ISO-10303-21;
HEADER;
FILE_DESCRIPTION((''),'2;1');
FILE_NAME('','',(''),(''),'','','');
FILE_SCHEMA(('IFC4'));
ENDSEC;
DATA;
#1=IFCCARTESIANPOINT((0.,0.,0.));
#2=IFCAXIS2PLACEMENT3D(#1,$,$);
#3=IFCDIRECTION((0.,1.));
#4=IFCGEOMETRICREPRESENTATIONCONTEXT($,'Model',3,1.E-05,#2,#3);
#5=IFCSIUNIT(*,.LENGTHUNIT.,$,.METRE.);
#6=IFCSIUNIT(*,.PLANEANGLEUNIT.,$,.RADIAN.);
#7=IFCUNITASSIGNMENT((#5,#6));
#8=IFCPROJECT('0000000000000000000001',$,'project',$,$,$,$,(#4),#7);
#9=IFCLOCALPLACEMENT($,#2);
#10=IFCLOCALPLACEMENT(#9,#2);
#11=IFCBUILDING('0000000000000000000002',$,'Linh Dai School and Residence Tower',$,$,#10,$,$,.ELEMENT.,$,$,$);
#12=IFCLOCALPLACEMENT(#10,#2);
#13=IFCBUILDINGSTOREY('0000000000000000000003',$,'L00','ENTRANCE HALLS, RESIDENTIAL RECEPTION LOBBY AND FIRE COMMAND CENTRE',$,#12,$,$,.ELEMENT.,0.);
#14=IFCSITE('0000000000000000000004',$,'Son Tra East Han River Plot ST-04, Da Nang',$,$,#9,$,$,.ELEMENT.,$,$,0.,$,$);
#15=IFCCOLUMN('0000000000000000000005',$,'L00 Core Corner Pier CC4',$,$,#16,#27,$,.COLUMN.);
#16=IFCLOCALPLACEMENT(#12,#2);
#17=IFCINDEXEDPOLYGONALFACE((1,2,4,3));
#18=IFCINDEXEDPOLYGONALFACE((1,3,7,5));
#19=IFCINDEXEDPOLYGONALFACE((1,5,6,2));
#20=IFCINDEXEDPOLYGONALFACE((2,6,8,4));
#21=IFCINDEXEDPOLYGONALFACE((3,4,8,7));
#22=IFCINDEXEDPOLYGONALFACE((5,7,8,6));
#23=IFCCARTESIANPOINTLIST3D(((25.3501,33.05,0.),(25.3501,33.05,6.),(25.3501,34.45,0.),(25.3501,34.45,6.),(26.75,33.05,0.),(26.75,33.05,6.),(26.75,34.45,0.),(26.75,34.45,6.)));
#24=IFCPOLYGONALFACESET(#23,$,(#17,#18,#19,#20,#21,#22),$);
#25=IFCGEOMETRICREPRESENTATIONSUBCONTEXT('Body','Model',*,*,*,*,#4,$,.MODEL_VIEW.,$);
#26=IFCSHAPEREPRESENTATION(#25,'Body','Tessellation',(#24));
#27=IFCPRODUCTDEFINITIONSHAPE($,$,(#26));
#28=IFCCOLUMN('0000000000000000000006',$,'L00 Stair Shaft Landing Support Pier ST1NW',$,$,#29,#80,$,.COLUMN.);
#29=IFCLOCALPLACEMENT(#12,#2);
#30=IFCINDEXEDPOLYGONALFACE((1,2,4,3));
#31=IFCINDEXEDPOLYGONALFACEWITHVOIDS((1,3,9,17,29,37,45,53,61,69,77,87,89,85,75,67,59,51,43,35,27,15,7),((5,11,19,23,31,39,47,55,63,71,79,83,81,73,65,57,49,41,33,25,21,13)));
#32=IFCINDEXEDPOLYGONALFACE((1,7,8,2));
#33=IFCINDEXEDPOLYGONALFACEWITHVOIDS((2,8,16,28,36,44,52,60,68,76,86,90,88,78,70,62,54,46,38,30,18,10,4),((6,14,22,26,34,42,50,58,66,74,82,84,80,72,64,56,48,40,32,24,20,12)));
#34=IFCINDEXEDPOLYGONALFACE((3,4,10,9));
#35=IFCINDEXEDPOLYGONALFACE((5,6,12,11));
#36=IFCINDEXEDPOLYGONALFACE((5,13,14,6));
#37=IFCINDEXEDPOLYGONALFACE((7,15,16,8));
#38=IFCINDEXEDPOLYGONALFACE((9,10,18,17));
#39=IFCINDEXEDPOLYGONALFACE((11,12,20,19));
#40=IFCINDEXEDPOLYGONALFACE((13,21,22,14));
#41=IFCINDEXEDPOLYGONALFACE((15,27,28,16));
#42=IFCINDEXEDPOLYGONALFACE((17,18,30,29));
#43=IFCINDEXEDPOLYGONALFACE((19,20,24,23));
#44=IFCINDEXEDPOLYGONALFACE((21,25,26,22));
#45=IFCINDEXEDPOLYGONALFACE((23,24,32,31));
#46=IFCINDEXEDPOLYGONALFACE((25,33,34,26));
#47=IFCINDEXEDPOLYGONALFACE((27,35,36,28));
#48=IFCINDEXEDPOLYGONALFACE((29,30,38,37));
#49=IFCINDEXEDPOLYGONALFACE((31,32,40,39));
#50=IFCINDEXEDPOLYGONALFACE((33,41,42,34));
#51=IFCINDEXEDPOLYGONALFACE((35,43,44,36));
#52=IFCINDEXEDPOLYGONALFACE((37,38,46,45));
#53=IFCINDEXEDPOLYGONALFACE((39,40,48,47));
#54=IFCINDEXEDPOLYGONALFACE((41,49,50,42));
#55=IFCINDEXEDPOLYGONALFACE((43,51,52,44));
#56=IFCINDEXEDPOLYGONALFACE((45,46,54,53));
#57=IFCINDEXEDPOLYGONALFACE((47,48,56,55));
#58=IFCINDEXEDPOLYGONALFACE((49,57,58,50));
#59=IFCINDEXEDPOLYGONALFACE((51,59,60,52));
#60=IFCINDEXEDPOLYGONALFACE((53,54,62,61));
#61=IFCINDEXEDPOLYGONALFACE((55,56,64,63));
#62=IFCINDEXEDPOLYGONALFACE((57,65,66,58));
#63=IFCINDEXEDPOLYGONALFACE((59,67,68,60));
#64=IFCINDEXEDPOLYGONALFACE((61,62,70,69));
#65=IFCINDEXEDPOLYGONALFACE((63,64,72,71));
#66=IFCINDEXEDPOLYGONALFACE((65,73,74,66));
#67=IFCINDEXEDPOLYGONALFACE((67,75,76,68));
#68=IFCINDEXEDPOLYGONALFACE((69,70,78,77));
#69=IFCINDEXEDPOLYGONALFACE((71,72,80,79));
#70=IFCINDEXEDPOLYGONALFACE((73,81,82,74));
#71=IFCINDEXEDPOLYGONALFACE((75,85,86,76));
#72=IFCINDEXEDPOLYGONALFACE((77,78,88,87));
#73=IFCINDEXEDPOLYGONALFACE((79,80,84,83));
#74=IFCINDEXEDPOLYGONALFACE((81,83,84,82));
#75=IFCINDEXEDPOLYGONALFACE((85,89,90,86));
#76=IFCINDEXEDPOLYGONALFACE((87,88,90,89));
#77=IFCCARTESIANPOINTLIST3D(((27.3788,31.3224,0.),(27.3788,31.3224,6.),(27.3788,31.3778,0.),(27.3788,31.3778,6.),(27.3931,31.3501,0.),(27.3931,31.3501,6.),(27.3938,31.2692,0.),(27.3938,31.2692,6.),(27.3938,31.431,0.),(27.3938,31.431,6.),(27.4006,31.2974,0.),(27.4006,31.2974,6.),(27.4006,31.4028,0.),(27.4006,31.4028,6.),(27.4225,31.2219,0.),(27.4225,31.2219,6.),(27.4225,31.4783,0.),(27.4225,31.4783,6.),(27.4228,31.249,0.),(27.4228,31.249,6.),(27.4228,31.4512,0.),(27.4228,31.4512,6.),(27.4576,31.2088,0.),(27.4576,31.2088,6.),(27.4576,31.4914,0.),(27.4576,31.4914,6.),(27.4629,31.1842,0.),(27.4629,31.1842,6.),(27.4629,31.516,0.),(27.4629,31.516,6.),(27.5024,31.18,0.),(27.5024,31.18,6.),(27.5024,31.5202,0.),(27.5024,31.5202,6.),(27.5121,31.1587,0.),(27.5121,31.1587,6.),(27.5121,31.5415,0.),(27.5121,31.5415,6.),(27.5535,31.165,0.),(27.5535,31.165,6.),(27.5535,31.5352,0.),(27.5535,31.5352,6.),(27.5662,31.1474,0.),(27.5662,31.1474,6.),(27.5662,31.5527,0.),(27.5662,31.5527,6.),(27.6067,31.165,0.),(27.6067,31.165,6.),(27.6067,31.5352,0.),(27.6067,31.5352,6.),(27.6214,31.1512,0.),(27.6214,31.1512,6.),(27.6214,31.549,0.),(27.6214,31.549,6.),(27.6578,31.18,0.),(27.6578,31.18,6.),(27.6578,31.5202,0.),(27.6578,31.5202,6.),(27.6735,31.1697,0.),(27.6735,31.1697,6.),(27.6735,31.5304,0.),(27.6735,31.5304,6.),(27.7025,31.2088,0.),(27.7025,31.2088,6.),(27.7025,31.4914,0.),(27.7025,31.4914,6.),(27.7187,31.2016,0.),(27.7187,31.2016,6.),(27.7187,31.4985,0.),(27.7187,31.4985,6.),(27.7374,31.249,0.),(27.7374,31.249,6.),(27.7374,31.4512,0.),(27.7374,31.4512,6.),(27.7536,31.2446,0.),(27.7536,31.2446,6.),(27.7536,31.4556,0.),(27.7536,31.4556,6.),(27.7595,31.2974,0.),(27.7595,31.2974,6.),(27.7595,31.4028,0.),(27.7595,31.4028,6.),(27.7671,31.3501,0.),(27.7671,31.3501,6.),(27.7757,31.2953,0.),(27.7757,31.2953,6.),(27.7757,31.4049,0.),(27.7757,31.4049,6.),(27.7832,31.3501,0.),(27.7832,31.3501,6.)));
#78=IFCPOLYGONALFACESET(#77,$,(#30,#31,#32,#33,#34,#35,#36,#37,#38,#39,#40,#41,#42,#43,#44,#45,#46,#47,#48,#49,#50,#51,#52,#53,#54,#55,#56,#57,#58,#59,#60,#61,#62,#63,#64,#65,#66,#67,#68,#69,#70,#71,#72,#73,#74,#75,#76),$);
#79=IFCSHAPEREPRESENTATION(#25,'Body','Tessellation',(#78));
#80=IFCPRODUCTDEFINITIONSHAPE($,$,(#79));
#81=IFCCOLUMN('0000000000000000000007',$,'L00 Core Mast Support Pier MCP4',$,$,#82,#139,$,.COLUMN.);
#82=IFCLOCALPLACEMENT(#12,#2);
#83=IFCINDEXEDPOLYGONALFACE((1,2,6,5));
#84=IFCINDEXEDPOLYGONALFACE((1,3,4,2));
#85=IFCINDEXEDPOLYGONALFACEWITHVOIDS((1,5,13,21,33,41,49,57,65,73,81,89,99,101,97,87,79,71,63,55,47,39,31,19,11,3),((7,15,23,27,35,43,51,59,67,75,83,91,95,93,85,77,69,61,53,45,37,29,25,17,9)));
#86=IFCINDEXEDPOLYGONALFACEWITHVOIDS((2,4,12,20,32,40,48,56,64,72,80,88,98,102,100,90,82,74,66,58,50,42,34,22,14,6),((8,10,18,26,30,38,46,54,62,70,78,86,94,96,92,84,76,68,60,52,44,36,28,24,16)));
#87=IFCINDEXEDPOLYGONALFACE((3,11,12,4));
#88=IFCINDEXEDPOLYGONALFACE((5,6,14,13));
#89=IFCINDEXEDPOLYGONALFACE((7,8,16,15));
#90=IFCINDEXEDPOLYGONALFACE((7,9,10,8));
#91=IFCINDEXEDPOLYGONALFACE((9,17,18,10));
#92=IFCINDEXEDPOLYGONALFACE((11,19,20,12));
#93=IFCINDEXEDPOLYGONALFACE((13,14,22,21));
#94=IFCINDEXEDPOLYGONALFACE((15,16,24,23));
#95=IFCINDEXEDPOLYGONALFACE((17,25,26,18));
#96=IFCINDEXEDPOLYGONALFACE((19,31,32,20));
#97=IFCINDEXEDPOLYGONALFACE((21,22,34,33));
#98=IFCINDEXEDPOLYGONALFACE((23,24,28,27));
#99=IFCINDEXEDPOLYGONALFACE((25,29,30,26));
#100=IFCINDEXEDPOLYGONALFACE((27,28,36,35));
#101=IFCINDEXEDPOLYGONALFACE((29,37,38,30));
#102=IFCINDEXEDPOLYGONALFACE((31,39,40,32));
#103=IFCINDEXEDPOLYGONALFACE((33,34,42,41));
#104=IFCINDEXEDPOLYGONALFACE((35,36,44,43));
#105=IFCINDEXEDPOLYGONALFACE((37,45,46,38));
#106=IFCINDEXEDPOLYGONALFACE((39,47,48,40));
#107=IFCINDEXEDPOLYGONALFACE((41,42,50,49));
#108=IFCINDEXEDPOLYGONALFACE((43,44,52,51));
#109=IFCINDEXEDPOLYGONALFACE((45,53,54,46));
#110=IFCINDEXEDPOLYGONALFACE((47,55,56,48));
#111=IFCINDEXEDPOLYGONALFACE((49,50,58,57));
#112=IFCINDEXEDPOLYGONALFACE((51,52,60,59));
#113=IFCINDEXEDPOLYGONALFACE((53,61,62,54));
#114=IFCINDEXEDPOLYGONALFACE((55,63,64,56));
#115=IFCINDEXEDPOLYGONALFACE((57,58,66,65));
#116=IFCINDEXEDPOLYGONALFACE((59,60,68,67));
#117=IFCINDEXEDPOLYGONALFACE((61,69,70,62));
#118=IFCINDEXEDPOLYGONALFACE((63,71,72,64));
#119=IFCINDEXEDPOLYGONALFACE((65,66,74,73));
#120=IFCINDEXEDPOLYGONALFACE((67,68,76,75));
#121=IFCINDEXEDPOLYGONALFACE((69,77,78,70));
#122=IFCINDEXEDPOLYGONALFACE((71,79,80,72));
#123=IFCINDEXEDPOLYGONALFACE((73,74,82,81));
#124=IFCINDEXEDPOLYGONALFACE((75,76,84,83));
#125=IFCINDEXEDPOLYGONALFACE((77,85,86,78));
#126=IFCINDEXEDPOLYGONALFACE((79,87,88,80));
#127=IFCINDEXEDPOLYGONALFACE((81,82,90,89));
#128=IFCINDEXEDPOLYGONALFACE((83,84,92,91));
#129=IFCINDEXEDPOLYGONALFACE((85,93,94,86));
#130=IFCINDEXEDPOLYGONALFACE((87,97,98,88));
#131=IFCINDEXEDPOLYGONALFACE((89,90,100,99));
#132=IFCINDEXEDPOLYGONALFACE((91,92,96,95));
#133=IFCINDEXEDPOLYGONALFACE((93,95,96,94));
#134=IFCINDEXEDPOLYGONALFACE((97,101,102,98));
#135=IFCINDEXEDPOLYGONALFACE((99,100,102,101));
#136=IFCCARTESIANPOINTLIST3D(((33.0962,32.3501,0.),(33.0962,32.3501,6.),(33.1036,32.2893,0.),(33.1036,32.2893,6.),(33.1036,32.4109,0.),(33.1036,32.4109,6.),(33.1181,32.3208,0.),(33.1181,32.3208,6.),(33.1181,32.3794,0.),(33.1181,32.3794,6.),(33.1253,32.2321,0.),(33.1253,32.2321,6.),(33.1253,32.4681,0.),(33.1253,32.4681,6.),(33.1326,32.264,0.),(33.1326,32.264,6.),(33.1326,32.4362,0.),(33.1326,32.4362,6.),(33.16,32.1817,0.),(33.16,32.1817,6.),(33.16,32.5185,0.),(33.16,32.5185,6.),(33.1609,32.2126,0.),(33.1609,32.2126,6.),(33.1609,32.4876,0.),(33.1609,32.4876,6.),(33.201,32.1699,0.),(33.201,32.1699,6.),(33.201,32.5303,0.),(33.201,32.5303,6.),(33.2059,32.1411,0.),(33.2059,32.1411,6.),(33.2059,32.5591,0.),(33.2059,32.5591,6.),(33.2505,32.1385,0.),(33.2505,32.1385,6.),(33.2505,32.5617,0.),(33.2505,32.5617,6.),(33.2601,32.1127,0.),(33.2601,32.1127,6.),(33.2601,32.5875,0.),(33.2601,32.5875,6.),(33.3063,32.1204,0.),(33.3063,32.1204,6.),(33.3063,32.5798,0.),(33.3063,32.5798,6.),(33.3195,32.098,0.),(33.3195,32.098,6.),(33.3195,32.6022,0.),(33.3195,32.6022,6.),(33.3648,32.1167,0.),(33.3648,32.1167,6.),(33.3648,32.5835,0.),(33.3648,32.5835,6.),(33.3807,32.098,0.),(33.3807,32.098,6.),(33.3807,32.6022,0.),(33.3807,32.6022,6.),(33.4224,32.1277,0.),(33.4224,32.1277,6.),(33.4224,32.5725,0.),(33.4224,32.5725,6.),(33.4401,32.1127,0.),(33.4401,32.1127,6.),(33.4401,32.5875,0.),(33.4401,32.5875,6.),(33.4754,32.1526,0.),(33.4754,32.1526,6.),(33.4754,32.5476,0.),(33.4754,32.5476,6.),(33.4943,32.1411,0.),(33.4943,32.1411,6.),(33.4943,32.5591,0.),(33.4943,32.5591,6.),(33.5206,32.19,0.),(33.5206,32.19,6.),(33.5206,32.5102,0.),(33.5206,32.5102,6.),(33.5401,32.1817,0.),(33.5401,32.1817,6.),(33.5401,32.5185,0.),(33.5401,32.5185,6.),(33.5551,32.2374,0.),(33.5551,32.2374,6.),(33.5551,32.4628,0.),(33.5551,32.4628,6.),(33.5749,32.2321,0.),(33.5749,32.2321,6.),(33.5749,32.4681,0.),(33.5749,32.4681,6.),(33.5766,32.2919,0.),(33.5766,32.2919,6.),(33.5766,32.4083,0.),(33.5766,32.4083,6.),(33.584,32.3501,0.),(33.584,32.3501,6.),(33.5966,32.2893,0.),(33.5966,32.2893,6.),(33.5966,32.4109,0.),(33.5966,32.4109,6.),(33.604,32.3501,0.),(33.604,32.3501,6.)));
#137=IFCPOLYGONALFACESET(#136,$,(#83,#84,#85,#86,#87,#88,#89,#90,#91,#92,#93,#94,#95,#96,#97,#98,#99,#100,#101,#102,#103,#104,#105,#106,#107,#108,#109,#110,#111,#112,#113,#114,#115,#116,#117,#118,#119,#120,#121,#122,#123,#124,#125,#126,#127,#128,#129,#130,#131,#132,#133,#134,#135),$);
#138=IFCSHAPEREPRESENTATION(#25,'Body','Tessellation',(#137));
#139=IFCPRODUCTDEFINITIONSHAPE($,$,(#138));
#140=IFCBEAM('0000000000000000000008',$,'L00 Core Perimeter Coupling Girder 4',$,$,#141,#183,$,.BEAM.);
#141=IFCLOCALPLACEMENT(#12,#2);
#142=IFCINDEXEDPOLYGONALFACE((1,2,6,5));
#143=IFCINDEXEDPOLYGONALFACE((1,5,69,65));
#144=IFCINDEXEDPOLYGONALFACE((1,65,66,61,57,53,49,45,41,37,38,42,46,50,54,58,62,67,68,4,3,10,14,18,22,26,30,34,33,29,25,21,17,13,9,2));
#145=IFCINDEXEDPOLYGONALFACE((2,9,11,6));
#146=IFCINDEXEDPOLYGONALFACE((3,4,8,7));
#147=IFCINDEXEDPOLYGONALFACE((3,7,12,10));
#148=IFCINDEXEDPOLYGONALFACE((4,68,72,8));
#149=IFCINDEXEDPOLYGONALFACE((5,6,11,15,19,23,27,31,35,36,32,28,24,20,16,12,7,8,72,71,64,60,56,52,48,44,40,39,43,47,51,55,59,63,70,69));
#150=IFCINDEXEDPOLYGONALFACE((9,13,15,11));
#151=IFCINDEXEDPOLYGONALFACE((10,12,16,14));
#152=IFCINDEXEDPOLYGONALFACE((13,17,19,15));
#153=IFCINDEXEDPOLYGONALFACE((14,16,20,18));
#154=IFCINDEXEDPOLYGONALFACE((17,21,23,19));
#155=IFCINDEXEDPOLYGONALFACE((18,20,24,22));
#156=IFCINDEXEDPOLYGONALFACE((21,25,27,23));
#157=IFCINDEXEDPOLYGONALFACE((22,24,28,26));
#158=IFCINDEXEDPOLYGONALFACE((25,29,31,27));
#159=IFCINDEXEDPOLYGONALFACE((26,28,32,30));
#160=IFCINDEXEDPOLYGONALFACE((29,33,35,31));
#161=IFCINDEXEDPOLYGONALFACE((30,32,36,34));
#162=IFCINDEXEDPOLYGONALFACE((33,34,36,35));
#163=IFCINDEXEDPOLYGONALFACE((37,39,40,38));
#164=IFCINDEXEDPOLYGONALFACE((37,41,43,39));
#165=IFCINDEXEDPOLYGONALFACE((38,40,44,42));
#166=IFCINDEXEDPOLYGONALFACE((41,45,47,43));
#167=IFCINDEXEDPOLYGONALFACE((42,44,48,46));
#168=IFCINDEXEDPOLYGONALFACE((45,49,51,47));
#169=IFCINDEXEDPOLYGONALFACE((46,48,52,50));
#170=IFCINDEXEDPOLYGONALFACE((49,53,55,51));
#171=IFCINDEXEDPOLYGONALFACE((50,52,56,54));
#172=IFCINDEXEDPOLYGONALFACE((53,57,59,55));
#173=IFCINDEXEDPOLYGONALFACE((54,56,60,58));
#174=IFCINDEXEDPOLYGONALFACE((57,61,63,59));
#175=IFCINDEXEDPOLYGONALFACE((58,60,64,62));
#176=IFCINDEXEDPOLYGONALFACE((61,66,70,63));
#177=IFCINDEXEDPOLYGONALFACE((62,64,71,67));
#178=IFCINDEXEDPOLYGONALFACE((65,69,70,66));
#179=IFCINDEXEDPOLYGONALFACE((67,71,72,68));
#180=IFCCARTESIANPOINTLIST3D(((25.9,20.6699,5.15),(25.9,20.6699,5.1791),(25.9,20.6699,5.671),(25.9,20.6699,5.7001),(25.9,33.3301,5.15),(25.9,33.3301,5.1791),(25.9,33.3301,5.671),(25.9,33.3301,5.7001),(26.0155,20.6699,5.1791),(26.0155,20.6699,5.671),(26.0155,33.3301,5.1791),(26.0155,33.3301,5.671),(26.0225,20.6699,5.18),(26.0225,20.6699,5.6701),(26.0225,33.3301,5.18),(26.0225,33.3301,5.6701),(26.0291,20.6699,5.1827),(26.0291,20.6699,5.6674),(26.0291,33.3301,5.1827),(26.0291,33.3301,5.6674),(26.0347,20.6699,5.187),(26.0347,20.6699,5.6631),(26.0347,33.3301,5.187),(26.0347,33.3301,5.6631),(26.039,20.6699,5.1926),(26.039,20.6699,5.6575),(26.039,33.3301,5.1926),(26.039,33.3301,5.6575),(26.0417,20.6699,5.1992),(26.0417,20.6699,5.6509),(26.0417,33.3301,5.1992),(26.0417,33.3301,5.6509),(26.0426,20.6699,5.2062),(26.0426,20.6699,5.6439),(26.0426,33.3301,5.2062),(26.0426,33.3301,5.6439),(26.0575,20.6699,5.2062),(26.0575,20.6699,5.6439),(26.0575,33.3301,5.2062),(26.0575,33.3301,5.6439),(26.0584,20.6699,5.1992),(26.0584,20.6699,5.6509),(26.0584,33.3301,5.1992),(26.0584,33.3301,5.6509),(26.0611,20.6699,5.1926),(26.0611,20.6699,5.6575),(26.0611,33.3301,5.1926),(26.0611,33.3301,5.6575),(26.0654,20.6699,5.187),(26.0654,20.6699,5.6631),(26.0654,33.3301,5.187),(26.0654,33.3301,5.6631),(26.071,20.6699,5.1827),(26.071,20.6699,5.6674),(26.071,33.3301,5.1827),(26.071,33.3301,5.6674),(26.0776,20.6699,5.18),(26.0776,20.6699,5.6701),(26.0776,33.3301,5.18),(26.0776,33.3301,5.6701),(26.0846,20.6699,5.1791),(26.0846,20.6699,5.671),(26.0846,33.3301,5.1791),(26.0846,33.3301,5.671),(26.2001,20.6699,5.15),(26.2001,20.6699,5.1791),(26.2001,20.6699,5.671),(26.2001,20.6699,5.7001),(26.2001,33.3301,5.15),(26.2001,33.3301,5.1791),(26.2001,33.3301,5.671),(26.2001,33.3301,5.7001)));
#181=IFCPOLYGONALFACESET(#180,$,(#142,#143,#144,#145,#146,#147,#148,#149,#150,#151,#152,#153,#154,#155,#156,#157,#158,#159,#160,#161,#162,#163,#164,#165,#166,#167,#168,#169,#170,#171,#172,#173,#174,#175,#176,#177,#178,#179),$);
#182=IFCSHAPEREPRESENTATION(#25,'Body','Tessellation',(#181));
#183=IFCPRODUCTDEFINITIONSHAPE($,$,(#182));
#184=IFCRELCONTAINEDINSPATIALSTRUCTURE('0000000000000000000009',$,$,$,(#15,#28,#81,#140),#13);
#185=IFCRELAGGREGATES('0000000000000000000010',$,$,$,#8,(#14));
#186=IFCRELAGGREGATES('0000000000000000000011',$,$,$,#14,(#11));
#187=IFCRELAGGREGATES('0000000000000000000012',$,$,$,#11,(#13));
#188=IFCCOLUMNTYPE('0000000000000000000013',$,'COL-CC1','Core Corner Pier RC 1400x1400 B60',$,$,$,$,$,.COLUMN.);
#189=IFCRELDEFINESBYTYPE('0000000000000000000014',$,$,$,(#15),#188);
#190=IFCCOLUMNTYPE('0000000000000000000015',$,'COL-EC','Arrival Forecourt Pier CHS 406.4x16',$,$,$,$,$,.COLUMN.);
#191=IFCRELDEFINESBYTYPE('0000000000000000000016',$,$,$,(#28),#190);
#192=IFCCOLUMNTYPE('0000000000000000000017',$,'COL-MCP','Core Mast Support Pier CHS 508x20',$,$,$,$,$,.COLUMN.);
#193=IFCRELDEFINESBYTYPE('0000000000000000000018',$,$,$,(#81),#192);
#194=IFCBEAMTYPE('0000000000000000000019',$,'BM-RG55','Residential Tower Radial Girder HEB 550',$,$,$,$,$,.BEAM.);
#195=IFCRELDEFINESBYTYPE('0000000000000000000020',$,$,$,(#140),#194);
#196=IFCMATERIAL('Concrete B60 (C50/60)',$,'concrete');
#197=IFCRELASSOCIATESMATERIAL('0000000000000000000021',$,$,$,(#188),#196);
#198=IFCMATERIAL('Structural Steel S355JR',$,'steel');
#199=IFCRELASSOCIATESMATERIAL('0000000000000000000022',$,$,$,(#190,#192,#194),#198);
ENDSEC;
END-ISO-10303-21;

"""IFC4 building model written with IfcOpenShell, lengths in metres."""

from ifc_helpers import new_model, si_unit, direction, frame, origin, origin_2d, place, context, subcontext, project, spatial, rectangle, hollow_circle, i_section, extrude, material, material_profile, profile_set, type_object, element, save


model = new_model("IFC4")

# Units and contexts
model_context = context("Model", 3, precision=1e-05, world=origin(), true_north=direction((0.0, 1.0)))
body_context = subcontext(model_context, "Body", "Model", "MODEL_VIEW")
ifc_project = project(units=[si_unit("LENGTHUNIT", "METRE"), si_unit("PLANEANGLEUNIT", "RADIAN")], contexts=[model_context])

# Site, building, storey
site_placement = place(None, origin())
site = spatial("IfcSite", under=ifc_project, at=site_placement, Name="Son Tra East Han River Plot ST-04, Da Nang", CompositionType="ELEMENT", RefElevation=0.0)
building_placement = place(site_placement, origin())
building = spatial("IfcBuilding", under=site, at=building_placement, Name="Linh Dai School and Residence Tower", CompositionType="ELEMENT")
storey_placement = place(building_placement, origin())
storey = spatial("IfcBuildingStorey", under=building, at=storey_placement, Name="L00", Description="ENTRANCE HALLS, RESIDENTIAL RECEPTION LOBBY AND FIRE COMMAND CENTRE", CompositionType="ELEMENT", Elevation=0.0)

# Columns
ifc_material_1 = material(Name="Concrete B60 (C50/60)", Category="concrete")
ifc_material_profile_1 = material_profile(ifc_material_1, rectangle(XDim=1.3999, YDim=1.3999, at=origin_2d()), Name="RC 1400x1400")
ifc_profile_set_1 = profile_set([ifc_material_profile_1], Name="Concrete B60 (C50/60)")
column_type_1 = type_object("IfcColumnType", Name="COL-CC1", Description="Core Corner Pier RC 1400x1400 B60", PredefinedType="COLUMN", material=ifc_profile_set_1)
column_1_placement = place(storey_placement, frame((26.05, 33.75, 0.0), z_axis=(0.0, 0.0, 1.0), x_axis=(1.0, 0.0, 0.0)))
element("IfcColumn", 1, at=column_1_placement, inside=storey, type_object=column_type_1, Name="L00 Core Corner Pier CC4", PredefinedType="COLUMN", context=body_context, shape_type="SweptSolid", body=[
    extrude(rectangle(XDim=1.3999, YDim=1.3999, at=origin_2d()), origin(), (0.0, 0.0, 1.0), 6.0),
])
ifc_material_2 = material(Name="Structural Steel S355JR", Category="steel")
ifc_material_profile_2 = material_profile(ifc_material_2, hollow_circle(Radius=0.2031, WallThickness=0.0161, at=origin_2d()), Name="CHS 406.4x16")
ifc_profile_set_2 = profile_set([ifc_material_profile_2], Name="Structural Steel S355JR")
column_type_2 = type_object("IfcColumnType", Name="COL-EC", Description="Arrival Forecourt Pier CHS 406.4x16", PredefinedType="COLUMN", material=ifc_profile_set_2)
column_2_placement = place(storey_placement, frame((27.5801, 31.3501, 0.0), z_axis=(0.0, 0.0, 1.0), x_axis=(1.0, 0.0, 0.0)))
element("IfcColumn", 2, at=column_2_placement, inside=storey, type_object=column_type_2, Name="L00 Stair Shaft Landing Support Pier ST1NW", PredefinedType="COLUMN", context=body_context, shape_type="SweptSolid", body=[
    extrude(hollow_circle(Radius=0.2031, WallThickness=0.0161, at=origin_2d()), origin(), (0.0, 0.0, 1.0), 6.0),
])
ifc_material_profile_3 = material_profile(ifc_material_2, hollow_circle(Radius=0.2539, WallThickness=0.02, at=origin_2d()), Name="CHS 508x20")
ifc_profile_set_3 = profile_set([ifc_material_profile_3], Name="Structural Steel S355JR")
column_type_3 = type_object("IfcColumnType", Name="COL-MCP", Description="Core Mast Support Pier CHS 508x20", PredefinedType="COLUMN", material=ifc_profile_set_3)
column_3_placement = place(storey_placement, frame((33.3501, 32.3501, 0.0), z_axis=(0.0, 0.0, 1.0), x_axis=(1.0, 0.0, 0.0)))
element("IfcColumn", 3, at=column_3_placement, inside=storey, type_object=column_type_3, Name="L00 Core Mast Support Pier MCP4", PredefinedType="COLUMN", context=body_context, shape_type="SweptSolid", body=[
    extrude(hollow_circle(Radius=0.2539, WallThickness=0.02, at=origin_2d()), origin(), (0.0, 0.0, 1.0), 6.0),
])

# Beam
ifc_material_profile_4 = material_profile(ifc_material_2, i_section(OverallWidth=0.3, OverallDepth=0.55, WebThickness=0.0149, FlangeThickness=0.0291, FilletRadius=0.0271, at=origin_2d()), Name="HEB 550")
ifc_profile_set_4 = profile_set([ifc_material_profile_4], Name="Structural Steel S355JR")
beam_type_1 = type_object("IfcBeamType", Name="BM-RG55", Description="Residential Tower Radial Girder HEB 550", PredefinedType="BEAM", material=ifc_profile_set_4)
beam_1_placement = place(storey_placement, frame((26.05, 33.3301, 5.425), z_axis=(0.0, -1.0, 0.0), x_axis=(1.0, 0.0, 0.0)))
element("IfcBeam", 4, at=beam_1_placement, inside=storey, type_object=beam_type_1, Name="L00 Core Perimeter Coupling Girder 4", PredefinedType="BEAM", context=body_context, shape_type="SweptSolid", body=[
    extrude(i_section(OverallWidth=0.3, OverallDepth=0.55, WebThickness=0.0149, FlangeThickness=0.0291, FilletRadius=0.0271, at=origin_2d()), origin(), (0.0, 0.0, 1.0), 12.6602),
])

save(model, "model.ifc")
